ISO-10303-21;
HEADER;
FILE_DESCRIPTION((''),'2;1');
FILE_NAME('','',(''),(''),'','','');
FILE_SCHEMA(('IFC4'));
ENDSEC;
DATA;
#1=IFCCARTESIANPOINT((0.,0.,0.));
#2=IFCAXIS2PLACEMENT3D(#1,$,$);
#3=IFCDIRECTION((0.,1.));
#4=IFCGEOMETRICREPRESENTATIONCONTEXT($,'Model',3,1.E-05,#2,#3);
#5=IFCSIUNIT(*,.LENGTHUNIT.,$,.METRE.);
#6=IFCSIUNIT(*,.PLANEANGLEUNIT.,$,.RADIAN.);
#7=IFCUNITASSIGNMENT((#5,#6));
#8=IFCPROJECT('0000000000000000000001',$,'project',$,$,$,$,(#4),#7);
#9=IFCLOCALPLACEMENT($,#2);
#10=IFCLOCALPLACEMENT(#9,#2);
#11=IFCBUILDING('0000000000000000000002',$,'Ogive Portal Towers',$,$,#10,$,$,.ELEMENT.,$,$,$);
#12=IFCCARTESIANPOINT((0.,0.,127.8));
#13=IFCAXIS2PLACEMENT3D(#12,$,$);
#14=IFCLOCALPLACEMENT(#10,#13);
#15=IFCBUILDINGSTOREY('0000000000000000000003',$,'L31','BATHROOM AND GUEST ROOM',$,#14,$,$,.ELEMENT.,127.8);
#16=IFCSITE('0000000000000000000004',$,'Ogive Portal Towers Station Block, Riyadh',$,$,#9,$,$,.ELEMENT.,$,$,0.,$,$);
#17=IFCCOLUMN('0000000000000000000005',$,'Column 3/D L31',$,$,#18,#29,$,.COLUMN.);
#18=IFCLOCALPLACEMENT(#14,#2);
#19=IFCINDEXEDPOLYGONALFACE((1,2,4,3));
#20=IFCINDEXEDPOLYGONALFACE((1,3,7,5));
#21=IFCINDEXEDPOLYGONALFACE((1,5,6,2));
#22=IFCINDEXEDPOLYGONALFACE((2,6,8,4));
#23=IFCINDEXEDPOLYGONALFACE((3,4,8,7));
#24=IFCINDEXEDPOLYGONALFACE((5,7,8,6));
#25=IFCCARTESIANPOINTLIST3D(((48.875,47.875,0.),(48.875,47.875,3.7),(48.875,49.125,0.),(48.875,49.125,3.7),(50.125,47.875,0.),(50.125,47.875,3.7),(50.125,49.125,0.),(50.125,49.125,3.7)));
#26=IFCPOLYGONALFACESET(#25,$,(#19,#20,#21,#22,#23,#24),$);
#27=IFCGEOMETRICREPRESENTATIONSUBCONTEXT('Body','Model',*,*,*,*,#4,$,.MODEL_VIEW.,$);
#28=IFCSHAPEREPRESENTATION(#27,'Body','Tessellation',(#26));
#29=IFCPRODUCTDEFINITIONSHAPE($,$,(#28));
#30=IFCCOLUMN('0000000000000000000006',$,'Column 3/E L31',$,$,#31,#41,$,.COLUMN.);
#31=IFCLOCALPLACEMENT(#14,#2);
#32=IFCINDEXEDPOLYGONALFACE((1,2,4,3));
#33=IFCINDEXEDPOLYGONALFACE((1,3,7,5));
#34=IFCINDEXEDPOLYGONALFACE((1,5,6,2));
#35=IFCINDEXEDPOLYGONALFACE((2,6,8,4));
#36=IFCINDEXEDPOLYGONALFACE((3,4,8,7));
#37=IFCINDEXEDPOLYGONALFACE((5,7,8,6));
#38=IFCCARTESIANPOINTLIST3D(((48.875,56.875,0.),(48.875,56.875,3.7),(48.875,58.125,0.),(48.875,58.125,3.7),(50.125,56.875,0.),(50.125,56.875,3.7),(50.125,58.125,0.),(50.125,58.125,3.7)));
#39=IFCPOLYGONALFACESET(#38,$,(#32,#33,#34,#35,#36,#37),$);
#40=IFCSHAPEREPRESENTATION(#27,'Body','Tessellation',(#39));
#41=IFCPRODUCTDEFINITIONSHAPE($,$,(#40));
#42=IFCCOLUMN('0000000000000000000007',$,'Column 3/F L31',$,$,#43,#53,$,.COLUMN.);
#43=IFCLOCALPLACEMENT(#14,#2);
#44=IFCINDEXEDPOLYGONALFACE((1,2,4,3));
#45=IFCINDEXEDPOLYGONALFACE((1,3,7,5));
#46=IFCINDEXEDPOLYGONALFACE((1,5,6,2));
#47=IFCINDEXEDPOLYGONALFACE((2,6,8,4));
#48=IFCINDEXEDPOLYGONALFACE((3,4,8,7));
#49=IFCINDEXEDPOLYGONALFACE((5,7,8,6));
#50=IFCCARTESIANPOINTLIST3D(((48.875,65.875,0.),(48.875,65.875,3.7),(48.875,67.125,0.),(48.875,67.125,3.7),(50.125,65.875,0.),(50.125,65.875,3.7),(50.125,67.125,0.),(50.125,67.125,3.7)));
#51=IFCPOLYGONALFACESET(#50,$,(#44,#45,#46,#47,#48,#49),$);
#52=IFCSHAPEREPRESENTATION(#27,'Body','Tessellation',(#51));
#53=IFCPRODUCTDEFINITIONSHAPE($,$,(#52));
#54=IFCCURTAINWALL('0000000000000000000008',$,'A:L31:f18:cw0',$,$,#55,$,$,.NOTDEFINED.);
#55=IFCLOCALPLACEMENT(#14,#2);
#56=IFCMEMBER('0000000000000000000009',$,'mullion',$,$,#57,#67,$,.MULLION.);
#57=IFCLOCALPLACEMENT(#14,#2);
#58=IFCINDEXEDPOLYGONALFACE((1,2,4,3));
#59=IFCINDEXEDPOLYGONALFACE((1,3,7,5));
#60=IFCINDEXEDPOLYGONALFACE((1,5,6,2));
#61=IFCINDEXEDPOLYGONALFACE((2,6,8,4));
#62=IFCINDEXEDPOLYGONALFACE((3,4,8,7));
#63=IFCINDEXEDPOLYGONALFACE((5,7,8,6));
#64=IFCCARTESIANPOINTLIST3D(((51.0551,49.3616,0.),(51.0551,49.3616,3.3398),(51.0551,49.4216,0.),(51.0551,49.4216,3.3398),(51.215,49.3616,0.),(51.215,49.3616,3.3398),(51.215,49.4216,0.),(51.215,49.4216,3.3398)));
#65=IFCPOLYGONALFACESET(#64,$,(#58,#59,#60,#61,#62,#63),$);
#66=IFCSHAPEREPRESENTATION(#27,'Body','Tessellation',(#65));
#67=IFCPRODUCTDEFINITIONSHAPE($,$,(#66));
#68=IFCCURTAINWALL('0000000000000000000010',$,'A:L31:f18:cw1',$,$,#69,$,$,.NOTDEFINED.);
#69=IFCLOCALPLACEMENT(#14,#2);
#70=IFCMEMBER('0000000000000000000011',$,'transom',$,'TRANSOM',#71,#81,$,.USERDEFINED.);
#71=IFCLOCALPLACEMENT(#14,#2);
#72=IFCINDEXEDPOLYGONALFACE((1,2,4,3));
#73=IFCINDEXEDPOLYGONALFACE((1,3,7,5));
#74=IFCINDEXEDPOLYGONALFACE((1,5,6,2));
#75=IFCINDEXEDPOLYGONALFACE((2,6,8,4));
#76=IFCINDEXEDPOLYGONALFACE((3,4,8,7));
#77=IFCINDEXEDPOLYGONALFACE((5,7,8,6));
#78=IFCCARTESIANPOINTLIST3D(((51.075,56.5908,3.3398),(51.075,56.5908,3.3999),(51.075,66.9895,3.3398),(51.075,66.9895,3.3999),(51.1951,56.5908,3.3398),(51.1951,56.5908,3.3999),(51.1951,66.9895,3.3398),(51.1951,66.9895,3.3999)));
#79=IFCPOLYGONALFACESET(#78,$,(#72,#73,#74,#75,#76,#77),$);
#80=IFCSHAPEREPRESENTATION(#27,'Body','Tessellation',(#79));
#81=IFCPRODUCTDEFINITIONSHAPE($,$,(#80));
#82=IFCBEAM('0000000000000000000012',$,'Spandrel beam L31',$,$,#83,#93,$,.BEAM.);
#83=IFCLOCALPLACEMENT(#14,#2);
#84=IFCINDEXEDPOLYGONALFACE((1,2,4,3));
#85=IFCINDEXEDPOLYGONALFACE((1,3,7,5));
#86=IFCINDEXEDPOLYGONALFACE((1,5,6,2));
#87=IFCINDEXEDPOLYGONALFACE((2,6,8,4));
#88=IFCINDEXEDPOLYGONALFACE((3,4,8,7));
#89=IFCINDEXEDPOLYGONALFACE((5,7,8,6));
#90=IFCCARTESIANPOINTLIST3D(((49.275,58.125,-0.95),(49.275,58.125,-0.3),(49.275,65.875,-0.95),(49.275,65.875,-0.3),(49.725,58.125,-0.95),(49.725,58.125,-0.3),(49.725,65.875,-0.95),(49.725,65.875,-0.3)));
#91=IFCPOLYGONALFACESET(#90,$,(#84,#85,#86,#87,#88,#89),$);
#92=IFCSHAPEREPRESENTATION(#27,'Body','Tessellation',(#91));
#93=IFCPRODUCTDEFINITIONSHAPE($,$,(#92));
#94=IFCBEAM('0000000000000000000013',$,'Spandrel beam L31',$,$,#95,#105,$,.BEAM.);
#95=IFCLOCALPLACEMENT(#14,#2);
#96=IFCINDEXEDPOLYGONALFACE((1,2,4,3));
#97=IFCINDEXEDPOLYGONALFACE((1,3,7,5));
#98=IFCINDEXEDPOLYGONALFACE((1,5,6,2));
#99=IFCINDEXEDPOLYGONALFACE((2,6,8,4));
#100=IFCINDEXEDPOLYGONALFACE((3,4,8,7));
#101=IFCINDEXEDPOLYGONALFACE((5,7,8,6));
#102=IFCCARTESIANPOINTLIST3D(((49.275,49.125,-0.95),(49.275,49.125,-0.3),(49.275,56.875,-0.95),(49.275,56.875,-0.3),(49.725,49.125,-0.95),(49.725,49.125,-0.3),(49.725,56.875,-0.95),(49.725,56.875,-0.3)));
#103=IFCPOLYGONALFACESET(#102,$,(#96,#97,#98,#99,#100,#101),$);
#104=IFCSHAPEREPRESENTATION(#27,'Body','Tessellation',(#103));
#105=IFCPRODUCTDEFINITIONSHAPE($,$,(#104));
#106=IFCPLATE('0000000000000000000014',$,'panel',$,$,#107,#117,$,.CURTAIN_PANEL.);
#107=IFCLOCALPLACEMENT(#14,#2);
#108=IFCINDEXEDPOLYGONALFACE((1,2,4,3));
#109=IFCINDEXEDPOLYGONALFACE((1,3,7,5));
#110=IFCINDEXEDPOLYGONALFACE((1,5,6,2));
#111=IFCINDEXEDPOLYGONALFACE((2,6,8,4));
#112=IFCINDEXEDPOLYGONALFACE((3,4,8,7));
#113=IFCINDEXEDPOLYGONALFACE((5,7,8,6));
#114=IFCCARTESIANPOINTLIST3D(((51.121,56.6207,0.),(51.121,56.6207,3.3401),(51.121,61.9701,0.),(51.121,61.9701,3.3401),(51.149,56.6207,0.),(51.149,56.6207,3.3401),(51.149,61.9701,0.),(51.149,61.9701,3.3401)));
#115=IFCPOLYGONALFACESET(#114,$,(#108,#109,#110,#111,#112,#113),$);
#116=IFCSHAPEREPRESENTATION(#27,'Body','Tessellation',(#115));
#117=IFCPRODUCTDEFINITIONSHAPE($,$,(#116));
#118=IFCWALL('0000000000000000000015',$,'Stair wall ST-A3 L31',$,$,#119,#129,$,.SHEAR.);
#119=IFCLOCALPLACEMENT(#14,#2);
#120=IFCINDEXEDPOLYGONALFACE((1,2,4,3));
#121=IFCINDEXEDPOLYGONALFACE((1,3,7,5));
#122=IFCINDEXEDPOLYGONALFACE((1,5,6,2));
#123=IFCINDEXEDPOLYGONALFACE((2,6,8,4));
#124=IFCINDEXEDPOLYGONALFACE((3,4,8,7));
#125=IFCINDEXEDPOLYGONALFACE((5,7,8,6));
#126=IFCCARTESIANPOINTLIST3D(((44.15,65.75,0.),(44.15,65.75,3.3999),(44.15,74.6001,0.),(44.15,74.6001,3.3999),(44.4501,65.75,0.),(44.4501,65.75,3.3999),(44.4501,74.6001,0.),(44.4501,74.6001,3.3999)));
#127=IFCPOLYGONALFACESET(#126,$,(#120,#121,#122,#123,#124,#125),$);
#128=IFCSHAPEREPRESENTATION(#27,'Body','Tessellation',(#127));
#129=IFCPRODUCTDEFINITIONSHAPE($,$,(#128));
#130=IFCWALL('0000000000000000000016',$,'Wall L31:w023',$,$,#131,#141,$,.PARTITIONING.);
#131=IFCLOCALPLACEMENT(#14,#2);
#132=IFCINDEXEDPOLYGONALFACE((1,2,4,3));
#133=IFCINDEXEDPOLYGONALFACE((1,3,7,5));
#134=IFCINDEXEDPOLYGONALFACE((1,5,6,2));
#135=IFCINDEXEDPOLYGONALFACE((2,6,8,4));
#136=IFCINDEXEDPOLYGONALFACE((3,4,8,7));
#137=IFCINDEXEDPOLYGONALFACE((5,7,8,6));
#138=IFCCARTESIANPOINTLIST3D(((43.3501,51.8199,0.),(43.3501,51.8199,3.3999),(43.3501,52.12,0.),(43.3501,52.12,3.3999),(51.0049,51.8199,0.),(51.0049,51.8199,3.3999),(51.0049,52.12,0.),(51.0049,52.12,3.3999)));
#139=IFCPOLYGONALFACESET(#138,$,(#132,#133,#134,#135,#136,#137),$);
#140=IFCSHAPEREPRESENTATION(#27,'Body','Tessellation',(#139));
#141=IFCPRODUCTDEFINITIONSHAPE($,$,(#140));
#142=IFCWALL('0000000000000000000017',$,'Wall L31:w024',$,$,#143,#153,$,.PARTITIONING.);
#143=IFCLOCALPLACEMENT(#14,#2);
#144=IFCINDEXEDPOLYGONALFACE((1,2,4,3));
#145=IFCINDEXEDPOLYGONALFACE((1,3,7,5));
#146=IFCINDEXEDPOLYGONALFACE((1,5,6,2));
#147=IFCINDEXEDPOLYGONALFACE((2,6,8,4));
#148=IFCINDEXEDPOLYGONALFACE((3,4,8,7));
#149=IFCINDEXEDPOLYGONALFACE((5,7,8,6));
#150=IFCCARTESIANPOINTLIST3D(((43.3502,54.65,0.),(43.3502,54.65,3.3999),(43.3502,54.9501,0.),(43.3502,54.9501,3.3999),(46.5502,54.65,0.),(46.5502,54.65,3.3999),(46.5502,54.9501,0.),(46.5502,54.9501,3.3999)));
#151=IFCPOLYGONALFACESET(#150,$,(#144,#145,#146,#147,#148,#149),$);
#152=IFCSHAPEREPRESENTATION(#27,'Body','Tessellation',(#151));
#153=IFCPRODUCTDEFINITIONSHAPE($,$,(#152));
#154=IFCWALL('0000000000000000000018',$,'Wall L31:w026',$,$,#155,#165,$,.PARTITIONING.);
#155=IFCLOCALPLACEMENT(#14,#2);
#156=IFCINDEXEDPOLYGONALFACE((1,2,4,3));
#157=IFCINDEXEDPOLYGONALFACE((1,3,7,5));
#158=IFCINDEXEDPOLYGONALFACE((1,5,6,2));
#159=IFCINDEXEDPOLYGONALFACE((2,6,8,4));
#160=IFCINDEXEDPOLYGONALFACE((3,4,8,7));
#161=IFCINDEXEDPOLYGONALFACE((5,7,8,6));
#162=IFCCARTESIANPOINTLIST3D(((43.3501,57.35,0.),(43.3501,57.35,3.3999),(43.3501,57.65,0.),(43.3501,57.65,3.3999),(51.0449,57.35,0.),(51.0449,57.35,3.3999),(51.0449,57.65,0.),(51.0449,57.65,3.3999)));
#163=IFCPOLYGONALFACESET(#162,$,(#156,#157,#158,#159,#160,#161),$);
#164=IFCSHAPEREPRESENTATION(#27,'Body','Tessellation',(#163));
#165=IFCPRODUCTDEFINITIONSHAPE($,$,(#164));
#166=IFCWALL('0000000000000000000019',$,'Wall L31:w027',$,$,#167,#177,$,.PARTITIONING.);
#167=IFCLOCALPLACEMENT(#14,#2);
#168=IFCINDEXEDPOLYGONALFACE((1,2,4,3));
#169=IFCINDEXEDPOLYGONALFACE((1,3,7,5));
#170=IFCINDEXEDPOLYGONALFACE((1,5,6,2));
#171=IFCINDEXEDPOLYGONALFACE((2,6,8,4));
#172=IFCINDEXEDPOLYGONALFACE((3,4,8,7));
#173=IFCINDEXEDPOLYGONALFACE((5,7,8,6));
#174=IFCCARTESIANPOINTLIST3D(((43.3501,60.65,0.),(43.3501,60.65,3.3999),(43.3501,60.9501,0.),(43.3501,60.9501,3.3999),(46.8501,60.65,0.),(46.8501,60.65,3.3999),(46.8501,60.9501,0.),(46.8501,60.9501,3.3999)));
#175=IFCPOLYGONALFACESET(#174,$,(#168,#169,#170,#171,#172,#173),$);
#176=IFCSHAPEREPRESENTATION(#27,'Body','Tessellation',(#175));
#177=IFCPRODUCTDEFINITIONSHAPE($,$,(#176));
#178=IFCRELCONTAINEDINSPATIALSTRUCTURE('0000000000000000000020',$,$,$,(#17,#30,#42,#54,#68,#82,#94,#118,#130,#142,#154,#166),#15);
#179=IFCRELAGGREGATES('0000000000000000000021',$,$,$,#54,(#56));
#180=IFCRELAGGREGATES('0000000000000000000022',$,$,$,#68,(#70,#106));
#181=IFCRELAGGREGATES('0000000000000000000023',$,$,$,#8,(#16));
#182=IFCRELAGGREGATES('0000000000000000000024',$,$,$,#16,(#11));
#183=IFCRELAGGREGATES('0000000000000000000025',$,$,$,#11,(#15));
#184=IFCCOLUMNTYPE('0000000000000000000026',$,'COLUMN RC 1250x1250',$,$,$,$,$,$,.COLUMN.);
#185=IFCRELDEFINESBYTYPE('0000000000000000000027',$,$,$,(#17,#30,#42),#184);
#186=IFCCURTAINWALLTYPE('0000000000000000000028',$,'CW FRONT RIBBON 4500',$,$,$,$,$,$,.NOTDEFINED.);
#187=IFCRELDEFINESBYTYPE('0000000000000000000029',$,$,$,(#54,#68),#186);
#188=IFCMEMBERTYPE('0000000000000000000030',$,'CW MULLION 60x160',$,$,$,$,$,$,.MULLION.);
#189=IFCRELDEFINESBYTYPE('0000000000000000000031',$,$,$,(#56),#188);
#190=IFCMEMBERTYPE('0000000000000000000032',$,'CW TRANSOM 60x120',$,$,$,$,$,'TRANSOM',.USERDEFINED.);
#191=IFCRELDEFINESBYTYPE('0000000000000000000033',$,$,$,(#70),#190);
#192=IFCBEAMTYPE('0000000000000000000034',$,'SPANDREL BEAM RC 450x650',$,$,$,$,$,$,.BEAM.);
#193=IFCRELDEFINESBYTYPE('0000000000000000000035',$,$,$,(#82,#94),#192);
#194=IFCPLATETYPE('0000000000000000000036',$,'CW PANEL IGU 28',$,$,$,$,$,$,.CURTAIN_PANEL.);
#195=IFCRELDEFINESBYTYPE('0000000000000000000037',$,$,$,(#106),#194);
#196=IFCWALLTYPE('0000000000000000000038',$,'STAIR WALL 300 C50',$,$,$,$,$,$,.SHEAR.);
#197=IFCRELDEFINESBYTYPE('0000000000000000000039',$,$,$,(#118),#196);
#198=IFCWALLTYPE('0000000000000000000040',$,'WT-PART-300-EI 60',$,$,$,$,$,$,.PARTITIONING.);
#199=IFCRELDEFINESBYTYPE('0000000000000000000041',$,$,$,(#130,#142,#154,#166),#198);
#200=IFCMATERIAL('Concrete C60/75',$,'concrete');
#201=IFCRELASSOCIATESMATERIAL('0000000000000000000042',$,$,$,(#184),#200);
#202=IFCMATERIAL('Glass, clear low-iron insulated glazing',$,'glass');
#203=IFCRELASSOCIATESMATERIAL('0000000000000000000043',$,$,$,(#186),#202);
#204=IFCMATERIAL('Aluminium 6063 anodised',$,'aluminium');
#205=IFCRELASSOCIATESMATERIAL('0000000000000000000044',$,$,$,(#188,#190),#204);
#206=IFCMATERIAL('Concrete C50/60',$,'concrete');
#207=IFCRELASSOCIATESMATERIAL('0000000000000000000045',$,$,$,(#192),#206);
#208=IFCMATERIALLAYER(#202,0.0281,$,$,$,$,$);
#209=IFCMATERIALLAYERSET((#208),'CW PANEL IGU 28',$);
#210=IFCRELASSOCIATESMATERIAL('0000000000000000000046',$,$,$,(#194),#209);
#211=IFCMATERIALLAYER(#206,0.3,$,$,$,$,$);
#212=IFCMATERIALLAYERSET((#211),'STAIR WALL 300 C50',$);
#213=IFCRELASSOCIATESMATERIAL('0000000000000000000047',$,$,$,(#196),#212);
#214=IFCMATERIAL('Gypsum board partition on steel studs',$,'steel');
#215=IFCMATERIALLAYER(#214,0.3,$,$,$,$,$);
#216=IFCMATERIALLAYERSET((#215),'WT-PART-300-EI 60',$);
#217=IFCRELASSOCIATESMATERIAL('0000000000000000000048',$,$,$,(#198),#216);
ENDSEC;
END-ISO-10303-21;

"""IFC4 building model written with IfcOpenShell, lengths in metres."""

from ifc_helpers import new_model, si_unit, direction, frame, frame_2d, origin, origin_2d, place, context, subcontext, project, spatial, rectangle, extrude, material, layer, layer_set, material_profile, profile_set, type_object, element, aggregate, save


model = new_model("IFC4")

# Units and contexts
model_context = context("Model", 3, precision=1e-05, world=origin(), true_north=direction((0.0, 1.0)))
body_context = subcontext(model_context, "Body", "Model", "MODEL_VIEW")
ifc_project = project(units=[si_unit("LENGTHUNIT", "METRE"), si_unit("PLANEANGLEUNIT", "RADIAN")], contexts=[model_context])

# Site, building, storey
site_placement = place(None, origin())
site = spatial("IfcSite", under=ifc_project, at=site_placement, Name="Ogive Portal Towers Station Block, Riyadh", CompositionType="ELEMENT", RefElevation=0.0)
building_placement = place(site_placement, origin())
building = spatial("IfcBuilding", under=site, at=building_placement, Name="Ogive Portal Towers", CompositionType="ELEMENT")
storey_placement = place(building_placement, frame((0.0, 0.0, 127.8)))
storey = spatial("IfcBuildingStorey", under=building, at=storey_placement, Name="L31", Description="BATHROOM AND GUEST ROOM", CompositionType="ELEMENT", Elevation=127.8)

# Columns
ifc_material_1 = material(Name="Concrete C60/75", Category="concrete")
ifc_material_profile_1 = material_profile(ifc_material_1, rectangle(XDim=1.25, YDim=1.25, at=origin_2d()), Name="RC 1250x1250")
ifc_profile_set_1 = profile_set([ifc_material_profile_1], Name="Concrete C60/75")
column_type = type_object("IfcColumnType", Name="COLUMN RC 1250x1250", PredefinedType="COLUMN", material=ifc_profile_set_1)
for number, where, z_axis, x_axis, name in (
    (1, (49.5, 48.5, 0.0), (0.0, 0.0, 1.0), (1.0, 0.0, 0.0), "Column 3/D L31"),
    (2, (49.5, 57.5, 0.0), (0.0, 0.0, 1.0), (1.0, 0.0, 0.0), "Column 3/E L31"),
    (3, (49.5, 66.5, 0.0), (0.0, 0.0, 1.0), (1.0, 0.0, 0.0), "Column 3/F L31"),
):
    element("IfcColumn", number, at=place(storey_placement, frame(where, z_axis=z_axis, x_axis=x_axis)), inside=storey, type_object=column_type, Name=name, PredefinedType="COLUMN", context=body_context, shape_type="SweptSolid", body=[
        extrude(rectangle(XDim=1.25, YDim=1.25, at=origin_2d()), origin(), (0.0, 0.0, 1.0), 3.7),
    ])

# Curtain walls, members
ifc_material_2 = material(Name="Glass, clear low-iron insulated glazing", Category="glass")
curtain_wall_type = type_object("IfcCurtainWallType", Name="CW FRONT RIBBON 4500", PredefinedType="NOTDEFINED", material=ifc_material_2)
curtain_wall_1_placement = place(storey_placement, origin())
curtain_wall_1 = element("IfcCurtainWall", 4, at=curtain_wall_1_placement, inside=storey, type_object=curtain_wall_type, Name="A:L31:f18:cw0", PredefinedType="NOTDEFINED")
ifc_material_3 = material(Name="Aluminium 6063 anodised", Category="aluminium")
ifc_material_profile_2 = material_profile(ifc_material_3, rectangle(XDim=0.1599, YDim=0.0601, at=origin_2d()), Name="AL 60x160")
ifc_profile_set_2 = profile_set([ifc_material_profile_2], Name="Aluminium 6063 anodised")
member_type_1 = type_object("IfcMemberType", Name="CW MULLION 60x160", PredefinedType="MULLION", material=ifc_profile_set_2)
member_1_placement = place(storey_placement, frame((51.135, 49.3916, 0.0), z_axis=(0.0, 0.0, 1.0), x_axis=(-1.0, 0.0, 0.0)))
member_1 = element("IfcMember", 5, at=member_1_placement, type_object=member_type_1, Name="mullion", PredefinedType="MULLION", context=body_context, shape_type="SweptSolid", body=[
    extrude(rectangle(XDim=0.1599, YDim=0.0601, at=origin_2d()), origin(), (0.0, 0.0, 1.0), 3.3398),
])
aggregate(curtain_wall_1, [member_1])
curtain_wall_2_placement = place(storey_placement, origin())
curtain_wall_2 = element("IfcCurtainWall", 6, at=curtain_wall_2_placement, inside=storey, type_object=curtain_wall_type, Name="A:L31:f18:cw1", PredefinedType="NOTDEFINED")
ifc_material_profile_3 = material_profile(ifc_material_3, rectangle(XDim=0.1201, YDim=0.0601, at=origin_2d()), Name="AL 120x60")
ifc_profile_set_3 = profile_set([ifc_material_profile_3], Name="Aluminium 6063 anodised")
member_type_2 = type_object("IfcMemberType", Name="CW TRANSOM 60x120", ElementType="TRANSOM", PredefinedType="USERDEFINED", material=ifc_profile_set_3)
member_2_placement = place(storey_placement, frame((51.135, 56.5908, 3.3699), z_axis=(0.0, 1.0, 0.0), x_axis=(-1.0, 0.0, 0.0)))
member_2 = element("IfcMember", 7, at=member_2_placement, type_object=member_type_2, Name="transom", ObjectType="TRANSOM", PredefinedType="USERDEFINED", context=body_context, shape_type="SweptSolid", body=[
    extrude(rectangle(XDim=0.1201, YDim=0.0601, at=origin_2d()), origin(), (0.0, 0.0, 1.0), 10.3987),
])

# Beams
ifc_material_4 = material(Name="Concrete C50/60", Category="concrete")
ifc_material_profile_4 = material_profile(ifc_material_4, rectangle(XDim=0.45, YDim=0.6499, at=origin_2d()), Name="RC 450x650")
ifc_profile_set_4 = profile_set([ifc_material_profile_4], Name="Concrete C50/60")
beam_type = type_object("IfcBeamType", Name="SPANDREL BEAM RC 450x650", PredefinedType="BEAM", material=ifc_profile_set_4)
for number, where, z_axis, x_axis, name in (
    (8, (49.5, 65.875, -0.625), (0.0, -1.0, 0.0), (1.0, 0.0, 0.0), "Spandrel beam L31"),
    (9, (49.5, 56.875, -0.625), (0.0, -1.0, 0.0), (1.0, 0.0, 0.0), "Spandrel beam L31"),
):
    element("IfcBeam", number, at=place(storey_placement, frame(where, z_axis=z_axis, x_axis=x_axis)), inside=storey, type_object=beam_type, Name=name, PredefinedType="BEAM", context=body_context, shape_type="SweptSolid", body=[
        extrude(rectangle(XDim=0.45, YDim=0.6499, at=origin_2d()), origin(), (0.0, 0.0, 1.0), 7.75),
    ])

# Plate
ifc_layer_1 = layer(ifc_material_2, 0.0281)
ifc_layer_set_1 = layer_set([ifc_layer_1], Name="CW PANEL IGU 28")
plate_type = type_object("IfcPlateType", Name="CW PANEL IGU 28", PredefinedType="CURTAIN_PANEL", material=ifc_layer_set_1)
plate_placement = place(storey_placement, frame((51.135, 59.2954, 0.0), z_axis=(0.0, 0.0, 1.0), x_axis=(0.0, 1.0, 0.0)))
plate = element("IfcPlate", 10, at=plate_placement, type_object=plate_type, Name="panel", PredefinedType="CURTAIN_PANEL", context=body_context, shape_type="SweptSolid", body=[
    extrude(rectangle(XDim=5.3494, YDim=0.0281, at=origin_2d()), origin(), (0.0, 0.0, 1.0), 3.3401),
])
aggregate(curtain_wall_2, [member_2, plate])

# Walls
ifc_layer_2 = layer(ifc_material_4, 0.3)
ifc_layer_set_2 = layer_set([ifc_layer_2], Name="STAIR WALL 300 C50")
wall_type_1 = type_object("IfcWallType", Name="STAIR WALL 300 C50", PredefinedType="SHEAR", material=ifc_layer_set_2)
wall_1_placement = place(storey_placement, frame((44.3, 65.75, 0.0), z_axis=(0.0, 0.0, 1.0), x_axis=(0.0, 1.0, 0.0)))
element("IfcWall", 11, at=wall_1_placement, inside=storey, type_object=wall_type_1, Name="Stair wall ST-A3 L31", PredefinedType="SHEAR", context=body_context, shape_type="SweptSolid", body=[
    extrude(rectangle(XDim=8.8501, YDim=0.3, at=frame_2d((4.425, 0.0))), origin(), (0.0, 0.0, 1.0), 3.3999),
])
ifc_material_5 = material(Name="Gypsum board partition on steel studs", Category="steel")
ifc_layer_3 = layer(ifc_material_5, 0.3)
ifc_layer_set_3 = layer_set([ifc_layer_3], Name="WT-PART-300-EI 60")
wall_type_2 = type_object("IfcWallType", Name="WT-PART-300-EI 60", PredefinedType="PARTITIONING", material=ifc_layer_set_3)
wall_2_placement = place(storey_placement, frame((43.3501, 51.97, 0.0), z_axis=(0.0, 0.0, 1.0), x_axis=(1.0, 0.0, 0.0)))
element("IfcWall", 12, at=wall_2_placement, inside=storey, type_object=wall_type_2, Name="Wall L31:w023", PredefinedType="PARTITIONING", context=body_context, shape_type="SweptSolid", body=[
    extrude(rectangle(XDim=7.6548, YDim=0.3, at=frame_2d((3.8274, 0.0))), origin(), (0.0, 0.0, 1.0), 3.3999),
])
wall_3_placement = place(storey_placement, frame((43.3501, 54.8, 0.0), z_axis=(0.0, 0.0, 1.0), x_axis=(1.0, 0.0, 0.0)))
element("IfcWall", 13, at=wall_3_placement, inside=storey, type_object=wall_type_2, Name="Wall L31:w024", PredefinedType="PARTITIONING", context=body_context, shape_type="SweptSolid", body=[
    extrude(rectangle(XDim=3.2, YDim=0.3, at=frame_2d((1.6001, 0.0))), origin(), (0.0, 0.0, 1.0), 3.3999),
])
wall_4_placement = place(storey_placement, frame((43.3501, 57.5, 0.0), z_axis=(0.0, 0.0, 1.0), x_axis=(1.0, 0.0, 0.0)))
element("IfcWall", 14, at=wall_4_placement, inside=storey, type_object=wall_type_2, Name="Wall L31:w026", PredefinedType="PARTITIONING", context=body_context, shape_type="SweptSolid", body=[
    extrude(rectangle(XDim=7.6948, YDim=0.3, at=frame_2d((3.8474, 0.0))), origin(), (0.0, 0.0, 1.0), 3.3999),
])
wall_5_placement = place(storey_placement, frame((43.3501, 60.8, 0.0), z_axis=(0.0, 0.0, 1.0), x_axis=(1.0, 0.0, 0.0)))
element("IfcWall", 15, at=wall_5_placement, inside=storey, type_object=wall_type_2, Name="Wall L31:w027", PredefinedType="PARTITIONING", context=body_context, shape_type="SweptSolid", body=[
    extrude(rectangle(XDim=3.5, YDim=0.3, at=frame_2d((1.75, 0.0))), origin(), (0.0, 0.0, 1.0), 3.3999),
])

save(model, "model.ifc")
